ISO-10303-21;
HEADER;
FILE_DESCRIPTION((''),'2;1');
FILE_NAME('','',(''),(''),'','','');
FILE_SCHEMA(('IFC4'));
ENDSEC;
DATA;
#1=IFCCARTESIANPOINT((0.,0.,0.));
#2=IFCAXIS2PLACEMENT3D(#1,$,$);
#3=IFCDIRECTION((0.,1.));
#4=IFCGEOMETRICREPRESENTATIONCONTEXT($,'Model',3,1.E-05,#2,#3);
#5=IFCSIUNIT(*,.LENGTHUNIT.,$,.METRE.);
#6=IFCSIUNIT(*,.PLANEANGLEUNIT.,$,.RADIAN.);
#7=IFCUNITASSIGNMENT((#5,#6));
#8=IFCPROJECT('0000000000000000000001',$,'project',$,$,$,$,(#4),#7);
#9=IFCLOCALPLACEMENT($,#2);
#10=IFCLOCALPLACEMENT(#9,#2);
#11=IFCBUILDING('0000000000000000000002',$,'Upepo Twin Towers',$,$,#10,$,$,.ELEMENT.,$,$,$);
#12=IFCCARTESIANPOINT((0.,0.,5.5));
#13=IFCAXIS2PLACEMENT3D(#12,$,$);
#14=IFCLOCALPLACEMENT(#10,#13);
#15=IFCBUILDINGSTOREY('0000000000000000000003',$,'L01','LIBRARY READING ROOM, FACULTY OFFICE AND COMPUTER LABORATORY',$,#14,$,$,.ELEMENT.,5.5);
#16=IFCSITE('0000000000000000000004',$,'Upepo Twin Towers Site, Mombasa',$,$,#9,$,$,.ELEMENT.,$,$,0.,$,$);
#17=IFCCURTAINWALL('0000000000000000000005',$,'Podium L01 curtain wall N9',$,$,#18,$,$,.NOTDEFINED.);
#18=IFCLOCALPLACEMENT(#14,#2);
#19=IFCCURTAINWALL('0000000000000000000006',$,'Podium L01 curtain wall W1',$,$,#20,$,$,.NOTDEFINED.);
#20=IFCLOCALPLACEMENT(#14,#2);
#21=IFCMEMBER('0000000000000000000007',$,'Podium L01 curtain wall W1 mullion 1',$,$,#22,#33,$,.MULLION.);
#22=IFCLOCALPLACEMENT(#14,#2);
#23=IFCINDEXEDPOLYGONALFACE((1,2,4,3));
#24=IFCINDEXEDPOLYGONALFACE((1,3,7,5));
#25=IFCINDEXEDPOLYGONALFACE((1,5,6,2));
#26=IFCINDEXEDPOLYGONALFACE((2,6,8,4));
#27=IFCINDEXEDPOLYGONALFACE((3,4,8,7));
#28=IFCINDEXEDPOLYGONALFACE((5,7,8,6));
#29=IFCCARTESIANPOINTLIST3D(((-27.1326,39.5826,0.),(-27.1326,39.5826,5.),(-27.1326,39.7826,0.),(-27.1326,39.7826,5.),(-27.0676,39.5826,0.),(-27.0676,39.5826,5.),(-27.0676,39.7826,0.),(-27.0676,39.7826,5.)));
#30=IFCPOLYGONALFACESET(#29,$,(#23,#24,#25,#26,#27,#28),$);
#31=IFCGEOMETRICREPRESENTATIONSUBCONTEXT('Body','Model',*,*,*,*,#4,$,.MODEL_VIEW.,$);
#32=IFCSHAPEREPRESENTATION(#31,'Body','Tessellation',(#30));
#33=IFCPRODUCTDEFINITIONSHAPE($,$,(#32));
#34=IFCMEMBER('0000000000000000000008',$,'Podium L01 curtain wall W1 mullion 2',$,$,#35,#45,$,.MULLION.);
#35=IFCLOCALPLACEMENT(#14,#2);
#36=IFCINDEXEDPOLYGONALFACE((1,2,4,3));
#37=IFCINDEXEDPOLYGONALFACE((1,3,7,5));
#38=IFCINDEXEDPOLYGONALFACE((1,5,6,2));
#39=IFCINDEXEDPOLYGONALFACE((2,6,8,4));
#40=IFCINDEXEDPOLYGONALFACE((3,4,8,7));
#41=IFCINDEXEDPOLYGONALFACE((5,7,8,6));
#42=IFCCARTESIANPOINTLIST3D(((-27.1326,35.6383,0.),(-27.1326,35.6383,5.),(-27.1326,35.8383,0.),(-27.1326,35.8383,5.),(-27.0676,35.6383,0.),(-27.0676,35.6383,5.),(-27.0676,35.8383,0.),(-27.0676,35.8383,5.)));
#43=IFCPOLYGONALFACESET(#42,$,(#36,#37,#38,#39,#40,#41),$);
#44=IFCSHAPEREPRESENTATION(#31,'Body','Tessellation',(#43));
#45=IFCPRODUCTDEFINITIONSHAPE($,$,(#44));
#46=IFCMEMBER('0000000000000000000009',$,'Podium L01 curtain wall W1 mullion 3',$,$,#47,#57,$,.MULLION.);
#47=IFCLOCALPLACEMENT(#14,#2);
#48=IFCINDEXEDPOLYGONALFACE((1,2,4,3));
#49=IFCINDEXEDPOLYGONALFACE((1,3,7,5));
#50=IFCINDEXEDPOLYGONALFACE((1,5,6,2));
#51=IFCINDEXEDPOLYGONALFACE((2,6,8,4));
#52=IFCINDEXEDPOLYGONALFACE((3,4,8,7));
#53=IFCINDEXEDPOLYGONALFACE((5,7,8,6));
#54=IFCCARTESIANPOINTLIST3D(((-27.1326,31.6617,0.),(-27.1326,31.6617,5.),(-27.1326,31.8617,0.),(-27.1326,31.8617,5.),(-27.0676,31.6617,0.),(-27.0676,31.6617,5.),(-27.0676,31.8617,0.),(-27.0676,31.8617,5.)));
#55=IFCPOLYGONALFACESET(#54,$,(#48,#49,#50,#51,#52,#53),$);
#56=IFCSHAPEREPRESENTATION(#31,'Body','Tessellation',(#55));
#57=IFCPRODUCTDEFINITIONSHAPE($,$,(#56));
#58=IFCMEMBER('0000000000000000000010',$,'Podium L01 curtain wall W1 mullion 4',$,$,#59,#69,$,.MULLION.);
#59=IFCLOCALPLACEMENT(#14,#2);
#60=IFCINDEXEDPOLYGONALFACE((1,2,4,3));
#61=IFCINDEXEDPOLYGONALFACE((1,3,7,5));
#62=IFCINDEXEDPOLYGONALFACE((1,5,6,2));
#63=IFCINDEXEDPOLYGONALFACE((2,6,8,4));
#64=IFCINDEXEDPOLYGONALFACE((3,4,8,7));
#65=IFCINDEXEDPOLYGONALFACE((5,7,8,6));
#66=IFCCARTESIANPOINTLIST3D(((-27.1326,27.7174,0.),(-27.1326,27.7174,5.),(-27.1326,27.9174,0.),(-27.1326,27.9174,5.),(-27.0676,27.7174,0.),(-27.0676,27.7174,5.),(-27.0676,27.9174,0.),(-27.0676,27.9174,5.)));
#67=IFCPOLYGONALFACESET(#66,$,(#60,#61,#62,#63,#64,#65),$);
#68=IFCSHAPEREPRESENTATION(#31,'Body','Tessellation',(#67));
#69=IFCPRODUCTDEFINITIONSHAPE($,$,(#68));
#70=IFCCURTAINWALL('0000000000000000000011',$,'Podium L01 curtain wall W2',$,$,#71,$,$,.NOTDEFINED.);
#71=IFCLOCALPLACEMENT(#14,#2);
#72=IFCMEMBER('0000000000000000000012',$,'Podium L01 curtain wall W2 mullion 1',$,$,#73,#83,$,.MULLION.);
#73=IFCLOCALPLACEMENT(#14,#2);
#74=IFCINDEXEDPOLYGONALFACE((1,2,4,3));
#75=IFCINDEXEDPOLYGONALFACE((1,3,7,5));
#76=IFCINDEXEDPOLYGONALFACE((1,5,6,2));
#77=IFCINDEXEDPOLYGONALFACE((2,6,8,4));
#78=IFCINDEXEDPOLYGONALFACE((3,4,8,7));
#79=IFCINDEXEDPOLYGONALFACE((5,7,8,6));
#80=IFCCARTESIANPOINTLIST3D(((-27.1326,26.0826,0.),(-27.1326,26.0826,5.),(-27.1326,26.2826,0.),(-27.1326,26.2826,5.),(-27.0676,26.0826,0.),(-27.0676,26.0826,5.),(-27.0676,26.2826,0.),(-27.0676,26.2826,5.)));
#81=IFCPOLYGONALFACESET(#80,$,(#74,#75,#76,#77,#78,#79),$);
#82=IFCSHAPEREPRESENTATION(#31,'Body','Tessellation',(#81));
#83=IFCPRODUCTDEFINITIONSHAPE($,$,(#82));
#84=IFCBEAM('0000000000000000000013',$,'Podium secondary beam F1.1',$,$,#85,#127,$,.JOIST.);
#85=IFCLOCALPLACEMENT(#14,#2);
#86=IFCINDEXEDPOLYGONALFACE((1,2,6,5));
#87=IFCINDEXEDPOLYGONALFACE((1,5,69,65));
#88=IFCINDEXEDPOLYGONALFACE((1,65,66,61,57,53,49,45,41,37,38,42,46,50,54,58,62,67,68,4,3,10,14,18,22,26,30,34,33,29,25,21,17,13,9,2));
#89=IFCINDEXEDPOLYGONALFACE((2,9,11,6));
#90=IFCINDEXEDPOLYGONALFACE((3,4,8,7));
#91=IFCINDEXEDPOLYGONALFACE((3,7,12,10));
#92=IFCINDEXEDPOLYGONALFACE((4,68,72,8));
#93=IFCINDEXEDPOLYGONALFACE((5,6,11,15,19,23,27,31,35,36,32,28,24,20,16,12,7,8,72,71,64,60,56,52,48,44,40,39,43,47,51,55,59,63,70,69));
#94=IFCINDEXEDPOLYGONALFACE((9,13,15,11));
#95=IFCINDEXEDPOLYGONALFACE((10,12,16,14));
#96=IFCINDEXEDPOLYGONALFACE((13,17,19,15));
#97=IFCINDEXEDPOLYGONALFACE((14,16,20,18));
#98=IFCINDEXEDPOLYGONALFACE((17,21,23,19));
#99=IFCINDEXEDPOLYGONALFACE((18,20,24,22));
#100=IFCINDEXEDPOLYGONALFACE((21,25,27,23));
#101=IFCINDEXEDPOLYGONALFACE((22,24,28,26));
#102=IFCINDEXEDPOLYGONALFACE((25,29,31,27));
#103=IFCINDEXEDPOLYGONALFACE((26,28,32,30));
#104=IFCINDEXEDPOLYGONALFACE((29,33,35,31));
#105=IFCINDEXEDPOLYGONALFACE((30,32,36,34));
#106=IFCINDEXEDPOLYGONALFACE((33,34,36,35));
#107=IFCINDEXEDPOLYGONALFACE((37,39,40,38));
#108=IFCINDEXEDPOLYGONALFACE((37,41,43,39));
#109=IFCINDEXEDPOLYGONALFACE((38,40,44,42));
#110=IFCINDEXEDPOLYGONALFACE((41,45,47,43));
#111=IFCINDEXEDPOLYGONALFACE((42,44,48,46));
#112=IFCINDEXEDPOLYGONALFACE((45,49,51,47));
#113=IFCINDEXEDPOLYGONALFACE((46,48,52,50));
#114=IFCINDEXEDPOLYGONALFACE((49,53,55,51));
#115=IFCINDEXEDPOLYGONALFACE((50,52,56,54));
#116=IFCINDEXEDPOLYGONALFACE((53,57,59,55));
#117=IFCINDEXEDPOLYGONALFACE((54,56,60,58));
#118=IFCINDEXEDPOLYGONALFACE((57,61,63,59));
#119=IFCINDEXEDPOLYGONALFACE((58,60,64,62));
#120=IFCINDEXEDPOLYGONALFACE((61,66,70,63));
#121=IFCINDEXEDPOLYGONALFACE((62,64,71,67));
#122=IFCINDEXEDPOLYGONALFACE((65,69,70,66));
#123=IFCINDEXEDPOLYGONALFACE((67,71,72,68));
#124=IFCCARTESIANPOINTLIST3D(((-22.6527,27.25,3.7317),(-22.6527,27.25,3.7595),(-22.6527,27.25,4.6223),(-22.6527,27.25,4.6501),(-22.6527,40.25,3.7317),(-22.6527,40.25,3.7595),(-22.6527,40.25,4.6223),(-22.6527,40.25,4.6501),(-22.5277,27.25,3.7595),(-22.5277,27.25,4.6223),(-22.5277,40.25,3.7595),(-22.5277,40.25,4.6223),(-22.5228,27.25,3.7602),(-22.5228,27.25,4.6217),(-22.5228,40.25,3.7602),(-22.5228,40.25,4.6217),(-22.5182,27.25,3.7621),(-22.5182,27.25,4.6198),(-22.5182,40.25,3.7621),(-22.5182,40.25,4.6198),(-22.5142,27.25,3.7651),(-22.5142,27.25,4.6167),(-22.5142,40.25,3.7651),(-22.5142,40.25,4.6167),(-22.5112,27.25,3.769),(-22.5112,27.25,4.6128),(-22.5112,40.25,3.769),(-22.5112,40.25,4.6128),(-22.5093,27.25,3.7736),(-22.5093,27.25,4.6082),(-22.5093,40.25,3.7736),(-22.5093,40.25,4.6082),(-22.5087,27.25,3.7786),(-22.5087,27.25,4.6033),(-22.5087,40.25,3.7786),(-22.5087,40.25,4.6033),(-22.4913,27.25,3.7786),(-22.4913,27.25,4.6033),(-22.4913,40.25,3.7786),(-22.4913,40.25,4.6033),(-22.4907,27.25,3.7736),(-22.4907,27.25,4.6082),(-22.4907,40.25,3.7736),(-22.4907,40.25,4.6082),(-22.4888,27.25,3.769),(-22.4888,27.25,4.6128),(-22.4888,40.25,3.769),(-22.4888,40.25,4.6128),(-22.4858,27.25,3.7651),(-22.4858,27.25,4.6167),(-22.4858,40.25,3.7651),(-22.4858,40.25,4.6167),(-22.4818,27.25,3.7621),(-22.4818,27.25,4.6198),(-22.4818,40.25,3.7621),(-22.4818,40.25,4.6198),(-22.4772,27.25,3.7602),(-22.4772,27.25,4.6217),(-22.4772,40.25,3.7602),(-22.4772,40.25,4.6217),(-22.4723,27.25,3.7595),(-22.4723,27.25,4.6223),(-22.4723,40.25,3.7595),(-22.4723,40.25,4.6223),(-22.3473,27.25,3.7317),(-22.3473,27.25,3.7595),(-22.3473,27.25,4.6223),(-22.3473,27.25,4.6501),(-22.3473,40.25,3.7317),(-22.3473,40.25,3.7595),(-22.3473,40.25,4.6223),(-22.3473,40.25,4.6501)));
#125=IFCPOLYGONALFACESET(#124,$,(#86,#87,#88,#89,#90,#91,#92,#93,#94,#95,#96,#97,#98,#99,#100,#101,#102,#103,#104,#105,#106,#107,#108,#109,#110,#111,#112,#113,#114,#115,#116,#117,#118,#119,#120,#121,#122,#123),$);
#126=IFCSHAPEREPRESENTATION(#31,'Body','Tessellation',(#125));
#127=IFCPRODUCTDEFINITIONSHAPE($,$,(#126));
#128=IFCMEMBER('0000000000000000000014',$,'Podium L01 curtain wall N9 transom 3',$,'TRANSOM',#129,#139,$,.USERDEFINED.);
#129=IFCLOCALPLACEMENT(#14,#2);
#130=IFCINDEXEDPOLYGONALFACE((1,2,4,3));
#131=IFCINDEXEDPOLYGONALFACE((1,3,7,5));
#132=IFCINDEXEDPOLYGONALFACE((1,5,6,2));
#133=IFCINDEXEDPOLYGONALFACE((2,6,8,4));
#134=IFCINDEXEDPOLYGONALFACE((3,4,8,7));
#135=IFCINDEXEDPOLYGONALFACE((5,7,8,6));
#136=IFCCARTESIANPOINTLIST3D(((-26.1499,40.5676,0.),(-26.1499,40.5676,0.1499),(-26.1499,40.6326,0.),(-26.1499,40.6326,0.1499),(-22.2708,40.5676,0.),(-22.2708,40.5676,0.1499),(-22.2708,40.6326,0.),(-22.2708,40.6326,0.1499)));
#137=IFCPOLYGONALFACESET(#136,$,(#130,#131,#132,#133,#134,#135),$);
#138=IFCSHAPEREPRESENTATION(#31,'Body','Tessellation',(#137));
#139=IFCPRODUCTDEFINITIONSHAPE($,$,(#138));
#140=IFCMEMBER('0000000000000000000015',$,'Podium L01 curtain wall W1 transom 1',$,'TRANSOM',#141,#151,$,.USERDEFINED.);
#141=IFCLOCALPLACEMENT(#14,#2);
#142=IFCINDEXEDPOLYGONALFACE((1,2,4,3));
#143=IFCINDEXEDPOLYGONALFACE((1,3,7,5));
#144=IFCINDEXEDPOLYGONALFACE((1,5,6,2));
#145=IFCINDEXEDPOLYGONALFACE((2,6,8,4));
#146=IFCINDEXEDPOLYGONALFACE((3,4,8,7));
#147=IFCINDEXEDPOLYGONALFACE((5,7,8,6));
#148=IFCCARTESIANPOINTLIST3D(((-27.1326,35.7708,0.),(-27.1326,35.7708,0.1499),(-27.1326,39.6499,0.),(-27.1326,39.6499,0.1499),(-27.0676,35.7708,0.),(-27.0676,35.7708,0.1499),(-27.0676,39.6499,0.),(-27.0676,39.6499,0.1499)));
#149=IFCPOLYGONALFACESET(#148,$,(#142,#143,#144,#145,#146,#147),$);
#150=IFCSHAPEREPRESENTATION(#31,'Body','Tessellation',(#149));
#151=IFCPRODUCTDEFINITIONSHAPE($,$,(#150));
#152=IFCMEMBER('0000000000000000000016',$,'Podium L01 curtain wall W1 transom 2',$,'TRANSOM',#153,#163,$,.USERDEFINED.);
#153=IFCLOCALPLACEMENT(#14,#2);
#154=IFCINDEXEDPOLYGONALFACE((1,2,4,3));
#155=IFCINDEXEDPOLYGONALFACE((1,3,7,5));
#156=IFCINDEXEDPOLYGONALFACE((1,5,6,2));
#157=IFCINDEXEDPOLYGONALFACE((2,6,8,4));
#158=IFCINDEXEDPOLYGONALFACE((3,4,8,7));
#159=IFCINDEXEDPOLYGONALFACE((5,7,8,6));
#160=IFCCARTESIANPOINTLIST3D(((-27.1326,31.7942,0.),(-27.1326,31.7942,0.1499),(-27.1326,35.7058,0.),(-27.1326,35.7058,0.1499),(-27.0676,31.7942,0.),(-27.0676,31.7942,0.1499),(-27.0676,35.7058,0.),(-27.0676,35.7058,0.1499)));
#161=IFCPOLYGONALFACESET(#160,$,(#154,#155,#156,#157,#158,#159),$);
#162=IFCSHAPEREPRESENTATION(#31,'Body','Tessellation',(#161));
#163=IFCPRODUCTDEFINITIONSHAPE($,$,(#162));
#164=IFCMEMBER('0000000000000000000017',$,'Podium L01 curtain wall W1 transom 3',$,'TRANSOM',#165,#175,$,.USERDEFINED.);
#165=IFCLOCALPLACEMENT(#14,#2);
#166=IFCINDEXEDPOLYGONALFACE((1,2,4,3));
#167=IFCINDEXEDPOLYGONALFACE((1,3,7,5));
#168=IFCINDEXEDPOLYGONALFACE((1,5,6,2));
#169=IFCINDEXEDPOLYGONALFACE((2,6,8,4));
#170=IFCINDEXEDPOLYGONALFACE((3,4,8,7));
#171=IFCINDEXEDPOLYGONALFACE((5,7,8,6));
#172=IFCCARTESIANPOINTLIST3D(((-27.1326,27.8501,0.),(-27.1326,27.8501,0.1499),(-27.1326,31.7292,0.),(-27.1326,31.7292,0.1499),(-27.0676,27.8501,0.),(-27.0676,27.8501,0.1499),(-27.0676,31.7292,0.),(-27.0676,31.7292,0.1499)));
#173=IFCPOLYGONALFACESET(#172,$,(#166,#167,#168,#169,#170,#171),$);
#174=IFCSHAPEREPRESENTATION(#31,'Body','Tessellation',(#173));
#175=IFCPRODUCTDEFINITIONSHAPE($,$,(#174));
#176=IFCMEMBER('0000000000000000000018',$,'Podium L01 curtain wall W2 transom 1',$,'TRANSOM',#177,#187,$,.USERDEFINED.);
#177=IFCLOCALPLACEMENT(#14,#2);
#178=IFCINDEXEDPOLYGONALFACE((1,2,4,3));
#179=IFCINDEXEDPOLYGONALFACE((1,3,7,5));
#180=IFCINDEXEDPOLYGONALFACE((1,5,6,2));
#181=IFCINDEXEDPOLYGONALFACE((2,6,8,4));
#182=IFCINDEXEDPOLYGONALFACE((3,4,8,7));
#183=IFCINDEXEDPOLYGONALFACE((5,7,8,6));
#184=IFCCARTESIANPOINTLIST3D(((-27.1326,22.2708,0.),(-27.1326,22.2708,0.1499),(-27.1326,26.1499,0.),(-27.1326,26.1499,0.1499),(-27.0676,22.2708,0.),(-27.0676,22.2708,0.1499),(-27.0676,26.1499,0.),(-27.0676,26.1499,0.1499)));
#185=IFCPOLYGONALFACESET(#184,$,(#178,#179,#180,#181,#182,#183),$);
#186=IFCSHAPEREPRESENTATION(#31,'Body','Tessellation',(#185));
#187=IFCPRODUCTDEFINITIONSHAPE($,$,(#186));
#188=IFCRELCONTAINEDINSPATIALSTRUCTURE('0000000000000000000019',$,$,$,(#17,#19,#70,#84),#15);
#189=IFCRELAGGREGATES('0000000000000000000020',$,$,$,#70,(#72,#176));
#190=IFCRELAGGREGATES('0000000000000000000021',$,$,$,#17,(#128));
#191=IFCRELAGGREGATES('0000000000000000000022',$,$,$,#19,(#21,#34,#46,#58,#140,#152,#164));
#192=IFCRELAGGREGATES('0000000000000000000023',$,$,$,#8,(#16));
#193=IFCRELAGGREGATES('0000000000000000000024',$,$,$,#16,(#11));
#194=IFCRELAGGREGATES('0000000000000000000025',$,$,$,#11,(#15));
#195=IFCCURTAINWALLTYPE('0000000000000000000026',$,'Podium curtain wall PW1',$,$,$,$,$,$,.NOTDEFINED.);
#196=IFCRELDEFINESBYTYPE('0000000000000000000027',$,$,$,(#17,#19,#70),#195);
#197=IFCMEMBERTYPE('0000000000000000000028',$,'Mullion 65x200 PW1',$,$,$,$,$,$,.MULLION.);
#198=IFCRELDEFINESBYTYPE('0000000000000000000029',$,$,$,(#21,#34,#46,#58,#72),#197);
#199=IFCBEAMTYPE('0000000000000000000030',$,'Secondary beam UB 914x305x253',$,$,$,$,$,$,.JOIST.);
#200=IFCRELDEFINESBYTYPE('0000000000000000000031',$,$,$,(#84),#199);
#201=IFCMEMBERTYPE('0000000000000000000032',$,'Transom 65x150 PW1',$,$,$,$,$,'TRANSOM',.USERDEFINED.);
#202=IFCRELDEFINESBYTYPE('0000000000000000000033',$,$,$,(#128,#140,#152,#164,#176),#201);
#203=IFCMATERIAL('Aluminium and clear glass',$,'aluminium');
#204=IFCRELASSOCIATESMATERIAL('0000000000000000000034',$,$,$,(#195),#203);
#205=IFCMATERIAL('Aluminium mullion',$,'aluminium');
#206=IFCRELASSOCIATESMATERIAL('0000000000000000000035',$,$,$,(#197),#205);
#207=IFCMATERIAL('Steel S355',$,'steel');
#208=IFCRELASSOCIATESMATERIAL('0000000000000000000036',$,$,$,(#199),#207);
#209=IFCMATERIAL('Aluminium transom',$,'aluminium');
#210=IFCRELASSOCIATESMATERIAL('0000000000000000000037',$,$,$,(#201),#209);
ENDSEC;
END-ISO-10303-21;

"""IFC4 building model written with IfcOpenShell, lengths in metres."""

from ifc_helpers import new_model, si_unit, direction, frame, origin, origin_2d, place, context, subcontext, project, spatial, rectangle, i_section, extrude, material, material_profile, profile_set, type_object, element, aggregate, save


model = new_model("IFC4")

# Units and contexts
model_context = context("Model", 3, precision=1e-05, world=origin(), true_north=direction((0.0, 1.0)))
body_context = subcontext(model_context, "Body", "Model", "MODEL_VIEW")
ifc_project = project(units=[si_unit("LENGTHUNIT", "METRE"), si_unit("PLANEANGLEUNIT", "RADIAN")], contexts=[model_context])

# Site, building, storey
site_placement = place(None, origin())
site = spatial("IfcSite", under=ifc_project, at=site_placement, Name="Upepo Twin Towers Site, Mombasa", CompositionType="ELEMENT", RefElevation=0.0)
building_placement = place(site_placement, origin())
building = spatial("IfcBuilding", under=site, at=building_placement, Name="Upepo Twin Towers", CompositionType="ELEMENT")
storey_placement = place(building_placement, frame((0.0, 0.0, 5.5)))
storey = spatial("IfcBuildingStorey", under=building, at=storey_placement, Name="L01", Description="LIBRARY READING ROOM, FACULTY OFFICE AND COMPUTER LABORATORY", CompositionType="ELEMENT", Elevation=5.5)

# Curtain walls, members
ifc_material_1 = material(Name="Aluminium and clear glass", Category="aluminium")
curtain_wall_type = type_object("IfcCurtainWallType", Name="Podium curtain wall PW1", PredefinedType="NOTDEFINED", material=ifc_material_1)
curtain_wall_1_placement = place(storey_placement, origin())
curtain_wall_1 = element("IfcCurtainWall", 1, at=curtain_wall_1_placement, inside=storey, type_object=curtain_wall_type, Name="Podium L01 curtain wall N9", PredefinedType="NOTDEFINED")
ifc_material_2 = material(Name="Aluminium mullion", Category="aluminium")
ifc_material_profile_1 = material_profile(ifc_material_2, rectangle(XDim=0.0649, YDim=0.2, at=origin_2d()), Name="MULLION 65x200 PODIUM")
ifc_profile_set_1 = profile_set([ifc_material_profile_1], Name="Aluminium mullion")
member_type_1 = type_object("IfcMemberType", Name="Mullion 65x200 PW1", PredefinedType="MULLION", material=ifc_profile_set_1)
curtain_wall_2_placement = place(storey_placement, origin())
curtain_wall_2 = element("IfcCurtainWall", 2, at=curtain_wall_2_placement, inside=storey, type_object=curtain_wall_type, Name="Podium L01 curtain wall W1", PredefinedType="NOTDEFINED")
member_1_placement = place(storey_placement, frame((-27.1001, 39.6826, 0.0), z_axis=(0.0, 0.0, 1.0), x_axis=(1.0, 0.0, 0.0)))
member_1 = element("IfcMember", 3, at=member_1_placement, type_object=member_type_1, Name="Podium L01 curtain wall W1 mullion 1", PredefinedType="MULLION", context=body_context, shape_type="SweptSolid", body=[
    extrude(rectangle(XDim=0.0649, YDim=0.2, at=origin_2d()), origin(), (0.0, 0.0, 1.0), 5.0),
])
member_2_placement = place(storey_placement, frame((-27.1001, 35.7383, 0.0), z_axis=(0.0, 0.0, 1.0), x_axis=(1.0, 0.0, 0.0)))
member_2 = element("IfcMember", 4, at=member_2_placement, type_object=member_type_1, Name="Podium L01 curtain wall W1 mullion 2", PredefinedType="MULLION", context=body_context, shape_type="SweptSolid", body=[
    extrude(rectangle(XDim=0.0649, YDim=0.2, at=origin_2d()), origin(), (0.0, 0.0, 1.0), 5.0),
])
member_3_placement = place(storey_placement, frame((-27.1001, 31.7617, 0.0), z_axis=(0.0, 0.0, 1.0), x_axis=(1.0, 0.0, 0.0)))
member_3 = element("IfcMember", 5, at=member_3_placement, type_object=member_type_1, Name="Podium L01 curtain wall W1 mullion 3", PredefinedType="MULLION", context=body_context, shape_type="SweptSolid", body=[
    extrude(rectangle(XDim=0.0649, YDim=0.2, at=origin_2d()), origin(), (0.0, 0.0, 1.0), 5.0),
])
member_4_placement = place(storey_placement, frame((-27.1001, 27.8174, 0.0), z_axis=(0.0, 0.0, 1.0), x_axis=(1.0, 0.0, 0.0)))
member_4 = element("IfcMember", 6, at=member_4_placement, type_object=member_type_1, Name="Podium L01 curtain wall W1 mullion 4", PredefinedType="MULLION", context=body_context, shape_type="SweptSolid", body=[
    extrude(rectangle(XDim=0.0649, YDim=0.2, at=origin_2d()), origin(), (0.0, 0.0, 1.0), 5.0),
])

# Curtain wall, member
curtain_wall_3_placement = place(storey_placement, origin())
curtain_wall_3 = element("IfcCurtainWall", 7, at=curtain_wall_3_placement, inside=storey, type_object=curtain_wall_type, Name="Podium L01 curtain wall W2", PredefinedType="NOTDEFINED")
member_5_placement = place(storey_placement, frame((-27.1001, 26.1826, 0.0), z_axis=(0.0, 0.0, 1.0), x_axis=(1.0, 0.0, 0.0)))
member_5 = element("IfcMember", 8, at=member_5_placement, type_object=member_type_1, Name="Podium L01 curtain wall W2 mullion 1", PredefinedType="MULLION", context=body_context, shape_type="SweptSolid", body=[
    extrude(rectangle(XDim=0.0649, YDim=0.2, at=origin_2d()), origin(), (0.0, 0.0, 1.0), 5.0),
])

# Beam
ifc_material_3 = material(Name="Steel S355", Category="steel")
ifc_material_profile_2 = material_profile(ifc_material_3, i_section(OverallWidth=0.3054, OverallDepth=0.9185, WebThickness=0.0173, FlangeThickness=0.0278, FilletRadius=0.019, at=origin_2d()), Name="UB 914x305x253")
ifc_profile_set_2 = profile_set([ifc_material_profile_2], Name="Steel S355")
beam_type_1 = type_object("IfcBeamType", Name="Secondary beam UB 914x305x253", PredefinedType="JOIST", material=ifc_profile_set_2)
beam_placement = place(storey_placement, frame((-22.5, 27.25, 4.1909), z_axis=(0.0, 1.0, 0.0), x_axis=(-1.0, 0.0, 0.0)))
element("IfcBeam", 9, at=beam_placement, inside=storey, type_object=beam_type_1, Name="Podium secondary beam F1.1", PredefinedType="JOIST", context=body_context, shape_type="SweptSolid", body=[
    extrude(i_section(OverallWidth=0.3054, OverallDepth=0.9185, WebThickness=0.0173, FlangeThickness=0.0278, FilletRadius=0.019, at=origin_2d()), origin(), (0.0, 0.0, 1.0), 13.0),
])

# Members
ifc_material_4 = material(Name="Aluminium transom", Category="aluminium")
ifc_material_profile_3 = material_profile(ifc_material_4, rectangle(XDim=0.0649, YDim=0.1499, at=origin_2d()), Name="TRANSOM 65x150 PODIUM")
ifc_profile_set_3 = profile_set([ifc_material_profile_3], Name="Aluminium transom")
member_type_2 = type_object("IfcMemberType", Name="Transom 65x150 PW1", ElementType="TRANSOM", PredefinedType="USERDEFINED", material=ifc_profile_set_3)
member_6_placement = place(storey_placement, frame((-22.2708, 40.6001, 0.075), z_axis=(-1.0, 0.0, 0.0), x_axis=(0.0, -1.0, 0.0)))
member_6 = element("IfcMember", 10, at=member_6_placement, type_object=member_type_2, Name="Podium L01 curtain wall N9 transom 3", ObjectType="TRANSOM", PredefinedType="USERDEFINED", context=body_context, shape_type="SweptSolid", body=[
    extrude(rectangle(XDim=0.0649, YDim=0.1499, at=origin_2d()), origin(), (0.0, 0.0, 1.0), 3.8792),
])
member_7_placement = place(storey_placement, frame((-27.1001, 39.6499, 0.075), z_axis=(0.0, -1.0, 0.0), x_axis=(1.0, 0.0, 0.0)))
member_7 = element("IfcMember", 11, at=member_7_placement, type_object=member_type_2, Name="Podium L01 curtain wall W1 transom 1", ObjectType="TRANSOM", PredefinedType="USERDEFINED", context=body_context, shape_type="SweptSolid", body=[
    extrude(rectangle(XDim=0.0649, YDim=0.1499, at=origin_2d()), origin(), (0.0, 0.0, 1.0), 3.8792),
])
member_8_placement = place(storey_placement, frame((-27.1001, 35.7058, 0.075), z_axis=(0.0, -1.0, 0.0), x_axis=(1.0, 0.0, 0.0)))
member_8 = element("IfcMember", 12, at=member_8_placement, type_object=member_type_2, Name="Podium L01 curtain wall W1 transom 2", ObjectType="TRANSOM", PredefinedType="USERDEFINED", context=body_context, shape_type="SweptSolid", body=[
    extrude(rectangle(XDim=0.0649, YDim=0.1499, at=origin_2d()), origin(), (0.0, 0.0, 1.0), 3.9116),
])
member_9_placement = place(storey_placement, frame((-27.1001, 31.7292, 0.075), z_axis=(0.0, -1.0, 0.0), x_axis=(1.0, 0.0, 0.0)))
member_9 = element("IfcMember", 13, at=member_9_placement, type_object=member_type_2, Name="Podium L01 curtain wall W1 transom 3", ObjectType="TRANSOM", PredefinedType="USERDEFINED", context=body_context, shape_type="SweptSolid", body=[
    extrude(rectangle(XDim=0.0649, YDim=0.1499, at=origin_2d()), origin(), (0.0, 0.0, 1.0), 3.8792),
])
member_10_placement = place(storey_placement, frame((-27.1001, 26.1499, 0.075), z_axis=(0.0, -1.0, 0.0), x_axis=(1.0, 0.0, 0.0)))
member_10 = element("IfcMember", 14, at=member_10_placement, type_object=member_type_2, Name="Podium L01 curtain wall W2 transom 1", ObjectType="TRANSOM", PredefinedType="USERDEFINED", context=body_context, shape_type="SweptSolid", body=[
    extrude(rectangle(XDim=0.0649, YDim=0.1499, at=origin_2d()), origin(), (0.0, 0.0, 1.0), 3.8792),
])

aggregate(curtain_wall_3, [member_5, member_10])
aggregate(curtain_wall_1, [member_6])
aggregate(curtain_wall_2, [member_1, member_2, member_3, member_4, member_7, member_8, member_9])

save(model, "model.ifc")
